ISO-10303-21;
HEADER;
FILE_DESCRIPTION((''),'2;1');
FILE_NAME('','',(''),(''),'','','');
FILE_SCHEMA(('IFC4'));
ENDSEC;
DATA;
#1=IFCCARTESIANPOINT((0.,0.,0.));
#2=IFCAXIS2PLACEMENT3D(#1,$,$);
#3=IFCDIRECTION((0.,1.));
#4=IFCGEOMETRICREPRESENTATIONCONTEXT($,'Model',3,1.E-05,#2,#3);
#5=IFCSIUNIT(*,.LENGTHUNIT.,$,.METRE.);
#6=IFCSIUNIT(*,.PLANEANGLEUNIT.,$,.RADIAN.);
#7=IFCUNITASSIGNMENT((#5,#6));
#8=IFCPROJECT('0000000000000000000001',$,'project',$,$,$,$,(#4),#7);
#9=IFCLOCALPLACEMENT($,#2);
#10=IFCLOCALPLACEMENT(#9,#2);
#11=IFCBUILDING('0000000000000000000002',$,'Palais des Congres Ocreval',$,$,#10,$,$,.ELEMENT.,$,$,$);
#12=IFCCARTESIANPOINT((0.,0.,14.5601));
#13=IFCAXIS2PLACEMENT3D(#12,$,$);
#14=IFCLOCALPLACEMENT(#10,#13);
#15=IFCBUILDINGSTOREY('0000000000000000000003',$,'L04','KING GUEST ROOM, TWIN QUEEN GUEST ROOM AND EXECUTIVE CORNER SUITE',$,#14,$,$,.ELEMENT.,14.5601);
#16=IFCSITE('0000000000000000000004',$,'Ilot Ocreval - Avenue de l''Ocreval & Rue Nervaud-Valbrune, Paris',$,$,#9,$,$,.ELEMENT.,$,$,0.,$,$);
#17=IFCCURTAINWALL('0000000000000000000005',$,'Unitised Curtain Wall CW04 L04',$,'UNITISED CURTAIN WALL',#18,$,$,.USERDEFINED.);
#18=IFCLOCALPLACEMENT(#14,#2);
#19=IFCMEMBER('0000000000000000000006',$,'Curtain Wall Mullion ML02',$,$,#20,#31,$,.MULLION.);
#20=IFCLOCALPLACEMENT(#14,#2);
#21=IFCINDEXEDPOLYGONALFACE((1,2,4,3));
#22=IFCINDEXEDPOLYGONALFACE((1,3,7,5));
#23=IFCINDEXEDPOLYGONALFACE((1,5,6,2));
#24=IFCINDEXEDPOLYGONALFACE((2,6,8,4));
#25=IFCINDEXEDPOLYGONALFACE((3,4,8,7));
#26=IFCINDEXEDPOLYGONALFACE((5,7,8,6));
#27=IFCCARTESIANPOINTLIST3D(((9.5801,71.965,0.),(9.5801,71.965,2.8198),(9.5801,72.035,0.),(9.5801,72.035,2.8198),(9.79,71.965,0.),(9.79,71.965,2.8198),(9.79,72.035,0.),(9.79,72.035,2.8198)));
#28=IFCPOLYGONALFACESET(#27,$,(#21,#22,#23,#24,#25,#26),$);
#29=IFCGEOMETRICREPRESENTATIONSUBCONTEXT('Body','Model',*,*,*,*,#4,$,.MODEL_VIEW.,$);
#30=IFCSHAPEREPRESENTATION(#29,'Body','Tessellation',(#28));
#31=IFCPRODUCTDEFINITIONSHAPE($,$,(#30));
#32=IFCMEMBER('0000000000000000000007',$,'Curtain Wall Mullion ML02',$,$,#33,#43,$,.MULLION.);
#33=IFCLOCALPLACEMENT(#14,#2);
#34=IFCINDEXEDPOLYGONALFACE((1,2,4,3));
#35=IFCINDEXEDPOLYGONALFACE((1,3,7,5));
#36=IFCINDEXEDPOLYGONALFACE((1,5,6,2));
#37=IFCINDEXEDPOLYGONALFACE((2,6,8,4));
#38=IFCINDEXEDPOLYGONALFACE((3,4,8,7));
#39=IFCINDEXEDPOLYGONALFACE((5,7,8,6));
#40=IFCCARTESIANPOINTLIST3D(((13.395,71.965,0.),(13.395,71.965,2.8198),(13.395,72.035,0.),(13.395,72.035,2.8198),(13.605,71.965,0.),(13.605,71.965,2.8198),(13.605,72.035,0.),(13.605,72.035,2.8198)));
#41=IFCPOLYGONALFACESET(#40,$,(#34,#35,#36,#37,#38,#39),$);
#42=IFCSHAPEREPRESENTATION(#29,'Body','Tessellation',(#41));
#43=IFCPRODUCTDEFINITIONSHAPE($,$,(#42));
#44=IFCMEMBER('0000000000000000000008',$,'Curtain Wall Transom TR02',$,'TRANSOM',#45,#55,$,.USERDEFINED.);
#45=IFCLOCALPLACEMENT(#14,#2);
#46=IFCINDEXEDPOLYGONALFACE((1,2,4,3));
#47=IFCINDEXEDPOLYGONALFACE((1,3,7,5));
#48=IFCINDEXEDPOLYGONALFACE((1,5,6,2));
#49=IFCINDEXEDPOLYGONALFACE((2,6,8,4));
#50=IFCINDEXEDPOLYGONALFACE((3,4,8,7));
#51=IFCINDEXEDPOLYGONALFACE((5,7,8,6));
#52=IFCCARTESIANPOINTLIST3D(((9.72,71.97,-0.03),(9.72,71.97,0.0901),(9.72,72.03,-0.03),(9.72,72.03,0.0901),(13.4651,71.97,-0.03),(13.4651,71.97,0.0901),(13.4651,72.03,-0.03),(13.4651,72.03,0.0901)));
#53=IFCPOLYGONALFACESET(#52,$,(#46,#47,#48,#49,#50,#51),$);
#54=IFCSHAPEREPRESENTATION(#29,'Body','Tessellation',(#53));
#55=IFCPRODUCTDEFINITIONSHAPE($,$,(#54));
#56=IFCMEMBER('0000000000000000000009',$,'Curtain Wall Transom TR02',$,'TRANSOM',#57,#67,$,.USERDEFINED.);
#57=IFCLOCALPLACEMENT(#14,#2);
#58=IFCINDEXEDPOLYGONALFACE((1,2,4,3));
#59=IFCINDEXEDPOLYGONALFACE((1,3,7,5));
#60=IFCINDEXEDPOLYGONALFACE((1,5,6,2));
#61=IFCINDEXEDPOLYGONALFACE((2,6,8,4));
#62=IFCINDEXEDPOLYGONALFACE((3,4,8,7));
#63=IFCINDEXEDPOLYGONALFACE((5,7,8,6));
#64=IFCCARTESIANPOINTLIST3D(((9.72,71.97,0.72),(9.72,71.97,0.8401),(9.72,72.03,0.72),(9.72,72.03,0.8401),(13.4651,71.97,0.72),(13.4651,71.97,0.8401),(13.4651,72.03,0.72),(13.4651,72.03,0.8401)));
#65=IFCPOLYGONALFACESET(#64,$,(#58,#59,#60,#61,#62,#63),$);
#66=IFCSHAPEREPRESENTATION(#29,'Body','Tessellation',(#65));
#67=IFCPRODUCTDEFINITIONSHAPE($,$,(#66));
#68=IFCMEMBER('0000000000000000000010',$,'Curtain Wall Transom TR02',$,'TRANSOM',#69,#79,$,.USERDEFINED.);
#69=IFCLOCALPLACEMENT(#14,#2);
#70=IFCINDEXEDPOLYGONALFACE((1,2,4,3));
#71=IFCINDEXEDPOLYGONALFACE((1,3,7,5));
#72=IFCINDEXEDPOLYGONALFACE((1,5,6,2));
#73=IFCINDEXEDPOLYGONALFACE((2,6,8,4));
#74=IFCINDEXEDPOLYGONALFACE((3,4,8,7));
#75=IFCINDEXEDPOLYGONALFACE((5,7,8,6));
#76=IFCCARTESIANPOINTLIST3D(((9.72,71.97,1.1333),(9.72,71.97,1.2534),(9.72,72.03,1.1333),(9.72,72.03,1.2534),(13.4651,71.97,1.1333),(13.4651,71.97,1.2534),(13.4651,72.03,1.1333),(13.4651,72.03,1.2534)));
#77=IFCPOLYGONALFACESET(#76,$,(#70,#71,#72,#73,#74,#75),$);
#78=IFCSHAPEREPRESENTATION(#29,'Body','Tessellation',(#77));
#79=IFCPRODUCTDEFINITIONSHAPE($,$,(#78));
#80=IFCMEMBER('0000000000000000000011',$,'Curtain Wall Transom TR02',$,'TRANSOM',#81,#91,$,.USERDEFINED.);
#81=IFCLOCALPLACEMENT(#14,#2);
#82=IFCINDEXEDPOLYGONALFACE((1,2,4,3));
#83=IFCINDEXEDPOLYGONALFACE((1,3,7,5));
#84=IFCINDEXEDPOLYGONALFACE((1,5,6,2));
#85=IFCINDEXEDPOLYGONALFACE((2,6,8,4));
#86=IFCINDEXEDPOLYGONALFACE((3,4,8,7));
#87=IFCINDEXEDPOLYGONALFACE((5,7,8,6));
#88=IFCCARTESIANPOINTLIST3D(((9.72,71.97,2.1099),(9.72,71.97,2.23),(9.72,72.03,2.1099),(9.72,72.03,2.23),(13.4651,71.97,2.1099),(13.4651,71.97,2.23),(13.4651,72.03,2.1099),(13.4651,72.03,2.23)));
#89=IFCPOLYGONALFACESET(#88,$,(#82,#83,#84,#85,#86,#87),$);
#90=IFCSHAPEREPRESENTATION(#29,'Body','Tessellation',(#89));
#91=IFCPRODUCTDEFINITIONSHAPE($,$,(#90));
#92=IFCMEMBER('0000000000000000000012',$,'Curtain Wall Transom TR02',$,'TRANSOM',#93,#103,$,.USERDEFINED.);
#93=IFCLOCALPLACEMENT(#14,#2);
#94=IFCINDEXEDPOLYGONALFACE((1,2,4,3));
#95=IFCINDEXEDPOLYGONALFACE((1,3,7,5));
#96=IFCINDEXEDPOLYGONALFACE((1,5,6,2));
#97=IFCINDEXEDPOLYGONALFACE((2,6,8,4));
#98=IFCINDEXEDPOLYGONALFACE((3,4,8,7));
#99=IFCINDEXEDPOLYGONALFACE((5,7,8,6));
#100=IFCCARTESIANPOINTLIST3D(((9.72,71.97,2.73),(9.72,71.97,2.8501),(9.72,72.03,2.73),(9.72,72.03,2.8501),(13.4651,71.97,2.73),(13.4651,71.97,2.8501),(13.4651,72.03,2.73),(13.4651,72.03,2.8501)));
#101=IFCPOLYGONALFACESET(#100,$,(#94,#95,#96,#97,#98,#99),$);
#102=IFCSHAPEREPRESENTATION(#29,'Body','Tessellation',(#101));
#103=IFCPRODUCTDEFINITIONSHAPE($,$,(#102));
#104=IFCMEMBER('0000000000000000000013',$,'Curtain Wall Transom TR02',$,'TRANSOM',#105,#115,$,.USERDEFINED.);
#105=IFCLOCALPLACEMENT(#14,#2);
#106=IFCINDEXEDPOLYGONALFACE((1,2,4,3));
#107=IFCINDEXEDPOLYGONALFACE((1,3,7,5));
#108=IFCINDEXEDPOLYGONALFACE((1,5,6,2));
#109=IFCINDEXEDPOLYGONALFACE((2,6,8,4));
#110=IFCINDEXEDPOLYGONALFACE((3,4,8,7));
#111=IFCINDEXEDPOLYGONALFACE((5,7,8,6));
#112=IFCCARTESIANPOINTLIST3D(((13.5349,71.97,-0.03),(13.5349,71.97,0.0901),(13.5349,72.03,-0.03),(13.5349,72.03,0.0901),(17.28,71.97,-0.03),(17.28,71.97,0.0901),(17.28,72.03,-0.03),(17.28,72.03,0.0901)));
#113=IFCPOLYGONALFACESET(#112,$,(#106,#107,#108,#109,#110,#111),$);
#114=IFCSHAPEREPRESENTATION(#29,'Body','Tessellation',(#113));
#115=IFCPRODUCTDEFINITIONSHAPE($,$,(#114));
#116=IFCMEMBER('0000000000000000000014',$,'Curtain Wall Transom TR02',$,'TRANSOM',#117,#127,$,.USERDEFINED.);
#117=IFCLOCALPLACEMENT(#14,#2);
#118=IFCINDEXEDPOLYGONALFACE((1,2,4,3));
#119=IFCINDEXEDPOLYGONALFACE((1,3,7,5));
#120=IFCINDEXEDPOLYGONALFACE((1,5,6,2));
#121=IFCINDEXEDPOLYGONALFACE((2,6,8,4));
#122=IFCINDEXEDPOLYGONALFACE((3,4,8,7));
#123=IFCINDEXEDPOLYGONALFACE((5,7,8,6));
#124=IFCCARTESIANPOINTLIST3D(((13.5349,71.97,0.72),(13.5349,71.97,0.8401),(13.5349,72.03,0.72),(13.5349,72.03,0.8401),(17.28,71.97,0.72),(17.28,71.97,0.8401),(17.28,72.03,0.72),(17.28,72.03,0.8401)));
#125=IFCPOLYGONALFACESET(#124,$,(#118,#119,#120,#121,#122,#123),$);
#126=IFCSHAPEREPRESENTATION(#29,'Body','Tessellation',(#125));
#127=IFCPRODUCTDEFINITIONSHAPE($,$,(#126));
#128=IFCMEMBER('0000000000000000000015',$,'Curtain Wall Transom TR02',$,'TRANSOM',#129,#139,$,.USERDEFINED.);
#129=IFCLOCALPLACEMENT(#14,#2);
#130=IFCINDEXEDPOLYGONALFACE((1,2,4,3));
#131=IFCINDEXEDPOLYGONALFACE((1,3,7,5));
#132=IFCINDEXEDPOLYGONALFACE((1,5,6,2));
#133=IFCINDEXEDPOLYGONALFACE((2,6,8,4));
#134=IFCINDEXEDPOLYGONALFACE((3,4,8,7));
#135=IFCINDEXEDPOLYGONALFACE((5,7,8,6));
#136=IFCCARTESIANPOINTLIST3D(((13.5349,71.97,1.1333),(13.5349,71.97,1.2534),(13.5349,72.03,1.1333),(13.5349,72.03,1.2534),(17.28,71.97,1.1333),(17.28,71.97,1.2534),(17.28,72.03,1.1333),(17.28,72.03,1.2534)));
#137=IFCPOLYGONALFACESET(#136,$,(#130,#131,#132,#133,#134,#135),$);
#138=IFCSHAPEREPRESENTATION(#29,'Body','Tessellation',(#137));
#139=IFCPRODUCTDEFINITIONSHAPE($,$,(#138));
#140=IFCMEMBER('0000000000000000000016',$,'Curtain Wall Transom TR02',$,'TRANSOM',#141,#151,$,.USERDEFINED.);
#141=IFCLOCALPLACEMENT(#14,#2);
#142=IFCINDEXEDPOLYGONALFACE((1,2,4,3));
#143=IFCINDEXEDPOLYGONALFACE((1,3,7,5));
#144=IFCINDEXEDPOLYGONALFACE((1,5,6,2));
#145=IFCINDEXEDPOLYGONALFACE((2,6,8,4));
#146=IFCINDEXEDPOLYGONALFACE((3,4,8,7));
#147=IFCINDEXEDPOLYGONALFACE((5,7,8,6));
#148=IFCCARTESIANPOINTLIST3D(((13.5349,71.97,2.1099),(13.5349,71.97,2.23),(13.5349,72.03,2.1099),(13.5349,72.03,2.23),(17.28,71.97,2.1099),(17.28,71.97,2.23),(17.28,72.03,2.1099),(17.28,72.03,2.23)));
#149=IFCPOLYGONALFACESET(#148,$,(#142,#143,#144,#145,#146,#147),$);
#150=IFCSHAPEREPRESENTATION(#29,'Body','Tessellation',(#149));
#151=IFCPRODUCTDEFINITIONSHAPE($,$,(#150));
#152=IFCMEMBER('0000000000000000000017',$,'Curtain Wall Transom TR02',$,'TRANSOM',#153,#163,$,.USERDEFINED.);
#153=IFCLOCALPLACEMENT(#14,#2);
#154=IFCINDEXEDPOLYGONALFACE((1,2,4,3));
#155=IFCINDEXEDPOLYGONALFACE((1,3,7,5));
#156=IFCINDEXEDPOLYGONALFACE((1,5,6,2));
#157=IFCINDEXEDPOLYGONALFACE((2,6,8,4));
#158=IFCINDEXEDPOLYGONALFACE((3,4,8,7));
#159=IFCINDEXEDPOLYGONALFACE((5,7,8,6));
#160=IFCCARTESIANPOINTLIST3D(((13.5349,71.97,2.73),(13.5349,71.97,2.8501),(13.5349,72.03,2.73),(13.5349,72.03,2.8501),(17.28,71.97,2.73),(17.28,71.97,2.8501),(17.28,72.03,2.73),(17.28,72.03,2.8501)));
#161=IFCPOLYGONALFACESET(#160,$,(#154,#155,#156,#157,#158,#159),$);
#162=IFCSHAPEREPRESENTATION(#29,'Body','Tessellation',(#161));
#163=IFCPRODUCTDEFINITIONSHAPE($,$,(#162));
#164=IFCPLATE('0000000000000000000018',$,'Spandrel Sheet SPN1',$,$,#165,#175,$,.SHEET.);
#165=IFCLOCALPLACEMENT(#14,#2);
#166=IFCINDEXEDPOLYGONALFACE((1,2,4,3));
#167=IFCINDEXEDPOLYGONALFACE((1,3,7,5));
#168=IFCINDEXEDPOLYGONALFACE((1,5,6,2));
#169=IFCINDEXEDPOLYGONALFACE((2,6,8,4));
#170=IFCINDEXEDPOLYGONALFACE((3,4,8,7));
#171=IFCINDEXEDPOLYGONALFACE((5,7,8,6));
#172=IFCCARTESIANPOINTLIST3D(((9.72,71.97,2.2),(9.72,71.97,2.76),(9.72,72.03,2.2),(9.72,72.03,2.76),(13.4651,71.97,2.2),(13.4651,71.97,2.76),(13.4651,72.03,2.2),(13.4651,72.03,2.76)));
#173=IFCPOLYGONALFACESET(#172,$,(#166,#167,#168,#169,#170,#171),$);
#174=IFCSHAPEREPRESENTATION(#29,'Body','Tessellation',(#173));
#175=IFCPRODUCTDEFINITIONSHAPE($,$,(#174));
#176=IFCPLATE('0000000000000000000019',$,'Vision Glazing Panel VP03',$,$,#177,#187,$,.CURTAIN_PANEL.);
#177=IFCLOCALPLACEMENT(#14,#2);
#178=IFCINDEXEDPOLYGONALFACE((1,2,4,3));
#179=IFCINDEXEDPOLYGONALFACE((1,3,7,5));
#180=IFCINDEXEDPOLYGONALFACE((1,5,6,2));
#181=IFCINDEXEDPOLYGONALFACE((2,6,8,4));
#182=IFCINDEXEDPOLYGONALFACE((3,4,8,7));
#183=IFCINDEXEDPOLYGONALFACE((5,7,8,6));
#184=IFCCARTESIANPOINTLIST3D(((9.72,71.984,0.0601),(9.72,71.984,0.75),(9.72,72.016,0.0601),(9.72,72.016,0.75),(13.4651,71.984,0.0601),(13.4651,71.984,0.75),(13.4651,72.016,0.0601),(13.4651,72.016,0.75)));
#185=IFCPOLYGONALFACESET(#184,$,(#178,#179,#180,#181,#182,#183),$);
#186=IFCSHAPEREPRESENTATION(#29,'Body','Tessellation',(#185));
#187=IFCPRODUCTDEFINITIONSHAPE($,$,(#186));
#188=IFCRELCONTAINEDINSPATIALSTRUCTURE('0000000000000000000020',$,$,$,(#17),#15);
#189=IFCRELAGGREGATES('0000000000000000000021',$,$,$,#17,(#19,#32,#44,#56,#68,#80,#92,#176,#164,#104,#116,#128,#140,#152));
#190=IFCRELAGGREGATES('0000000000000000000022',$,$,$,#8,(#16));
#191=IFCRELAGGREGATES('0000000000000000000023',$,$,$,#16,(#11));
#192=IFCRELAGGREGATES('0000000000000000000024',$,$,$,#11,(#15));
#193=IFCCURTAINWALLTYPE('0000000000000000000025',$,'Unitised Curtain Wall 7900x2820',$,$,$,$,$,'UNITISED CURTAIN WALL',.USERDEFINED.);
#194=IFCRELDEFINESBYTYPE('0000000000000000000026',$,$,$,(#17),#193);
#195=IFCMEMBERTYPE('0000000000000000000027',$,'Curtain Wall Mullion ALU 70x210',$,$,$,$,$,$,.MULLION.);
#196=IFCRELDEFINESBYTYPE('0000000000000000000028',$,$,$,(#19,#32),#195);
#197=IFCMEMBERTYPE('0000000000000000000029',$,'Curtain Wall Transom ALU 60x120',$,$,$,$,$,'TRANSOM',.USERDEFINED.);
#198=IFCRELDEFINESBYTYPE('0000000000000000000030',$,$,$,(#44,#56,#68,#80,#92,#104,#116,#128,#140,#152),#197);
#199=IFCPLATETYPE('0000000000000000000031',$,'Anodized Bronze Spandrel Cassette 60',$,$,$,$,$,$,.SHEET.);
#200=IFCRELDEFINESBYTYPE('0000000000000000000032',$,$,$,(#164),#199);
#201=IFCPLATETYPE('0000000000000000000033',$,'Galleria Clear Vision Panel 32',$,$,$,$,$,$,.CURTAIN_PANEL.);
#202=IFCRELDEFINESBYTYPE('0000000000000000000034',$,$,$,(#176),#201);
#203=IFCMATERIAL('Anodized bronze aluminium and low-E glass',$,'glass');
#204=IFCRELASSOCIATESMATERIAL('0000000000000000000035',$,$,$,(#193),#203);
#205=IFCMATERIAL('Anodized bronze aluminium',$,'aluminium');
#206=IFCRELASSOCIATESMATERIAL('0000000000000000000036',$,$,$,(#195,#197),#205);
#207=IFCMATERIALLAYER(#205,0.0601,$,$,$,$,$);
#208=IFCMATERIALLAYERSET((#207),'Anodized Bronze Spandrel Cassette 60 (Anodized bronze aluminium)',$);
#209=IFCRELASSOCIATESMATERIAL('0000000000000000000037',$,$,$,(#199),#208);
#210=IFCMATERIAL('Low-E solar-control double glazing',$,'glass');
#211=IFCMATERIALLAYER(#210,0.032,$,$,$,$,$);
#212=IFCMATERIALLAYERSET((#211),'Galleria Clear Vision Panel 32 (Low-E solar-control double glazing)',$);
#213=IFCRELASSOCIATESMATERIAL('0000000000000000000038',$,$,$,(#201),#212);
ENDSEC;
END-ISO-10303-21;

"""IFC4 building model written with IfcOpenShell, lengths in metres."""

from ifc_helpers import new_model, si_unit, direction, frame, origin, origin_2d, place, context, subcontext, project, spatial, rectangle, extrude, material, layer, layer_set, material_profile, profile_set, type_object, element, aggregate, save


model = new_model("IFC4")

# Units and contexts
model_context = context("Model", 3, precision=1e-05, world=origin(), true_north=direction((0.0, 1.0)))
body_context = subcontext(model_context, "Body", "Model", "MODEL_VIEW")
ifc_project = project(units=[si_unit("LENGTHUNIT", "METRE"), si_unit("PLANEANGLEUNIT", "RADIAN")], contexts=[model_context])

# Site, building, storey
site_placement = place(None, origin())
site = spatial("IfcSite", under=ifc_project, at=site_placement, Name="Ilot Ocreval - Avenue de l'Ocreval & Rue Nervaud-Valbrune, Paris", CompositionType="ELEMENT", RefElevation=0.0)
building_placement = place(site_placement, origin())
building = spatial("IfcBuilding", under=site, at=building_placement, Name="Palais des Congres Ocreval", CompositionType="ELEMENT")
storey_placement = place(building_placement, frame((0.0, 0.0, 14.5601)))
storey = spatial("IfcBuildingStorey", under=building, at=storey_placement, Name="L04", Description="KING GUEST ROOM, TWIN QUEEN GUEST ROOM AND EXECUTIVE CORNER SUITE", CompositionType="ELEMENT", Elevation=14.5601)

# Curtain wall, members, plates
ifc_material_1 = material(Name="Anodized bronze aluminium and low-E glass", Category="glass")
curtain_wall_type = type_object("IfcCurtainWallType", Name="Unitised Curtain Wall 7900x2820", ElementType="UNITISED CURTAIN WALL", PredefinedType="USERDEFINED", material=ifc_material_1)
curtain_wall_placement = place(storey_placement, origin())
curtain_wall = element("IfcCurtainWall", 1, at=curtain_wall_placement, inside=storey, type_object=curtain_wall_type, Name="Unitised Curtain Wall CW04 L04", ObjectType="UNITISED CURTAIN WALL", PredefinedType="USERDEFINED")
ifc_material_2 = material(Name="Anodized bronze aluminium", Category="aluminium")
ifc_material_profile_1 = material_profile(ifc_material_2, rectangle(XDim=0.0701, YDim=0.21, at=origin_2d()), Name="ALU 70x210")
ifc_profile_set_1 = profile_set([ifc_material_profile_1], Name="Anodized bronze aluminium")
member_type_1 = type_object("IfcMemberType", Name="Curtain Wall Mullion ALU 70x210", PredefinedType="MULLION", material=ifc_profile_set_1)
member_1_placement = place(storey_placement, frame((9.6851, 72.0, 0.0), z_axis=(0.0, 0.0, 1.0), x_axis=(0.0, 1.0, 0.0)))
member_1 = element("IfcMember", 2, at=member_1_placement, type_object=member_type_1, Name="Curtain Wall Mullion ML02", PredefinedType="MULLION", context=body_context, shape_type="SweptSolid", body=[
    extrude(rectangle(XDim=0.0701, YDim=0.21, at=origin_2d()), origin(), (0.0, 0.0, 1.0), 2.8198),
])
member_2_placement = place(storey_placement, frame((13.5, 72.0, 0.0), z_axis=(0.0, 0.0, 1.0), x_axis=(0.0, 1.0, 0.0)))
member_2 = element("IfcMember", 3, at=member_2_placement, type_object=member_type_1, Name="Curtain Wall Mullion ML02", PredefinedType="MULLION", context=body_context, shape_type="SweptSolid", body=[
    extrude(rectangle(XDim=0.0701, YDim=0.21, at=origin_2d()), origin(), (0.0, 0.0, 1.0), 2.8198),
])
ifc_material_profile_2 = material_profile(ifc_material_2, rectangle(XDim=0.0601, YDim=0.1201, at=origin_2d()), Name="ALU 60x120")
ifc_profile_set_2 = profile_set([ifc_material_profile_2], Name="Anodized bronze aluminium")
member_type_2 = type_object("IfcMemberType", Name="Curtain Wall Transom ALU 60x120", ElementType="TRANSOM", PredefinedType="USERDEFINED", material=ifc_profile_set_2)
member_3_placement = place(storey_placement, frame((9.72, 72.0, 0.03), z_axis=(1.0, 0.0, 0.0), x_axis=(0.0, 1.0, 0.0)))
member_3 = element("IfcMember", 4, at=member_3_placement, type_object=member_type_2, Name="Curtain Wall Transom TR02", ObjectType="TRANSOM", PredefinedType="USERDEFINED", context=body_context, shape_type="SweptSolid", body=[
    extrude(rectangle(XDim=0.0601, YDim=0.1201, at=origin_2d()), origin(), (0.0, 0.0, 1.0), 3.7451),
])
member_4_placement = place(storey_placement, frame((9.72, 72.0, 0.78), z_axis=(1.0, 0.0, 0.0), x_axis=(0.0, 1.0, 0.0)))
member_4 = element("IfcMember", 5, at=member_4_placement, type_object=member_type_2, Name="Curtain Wall Transom TR02", ObjectType="TRANSOM", PredefinedType="USERDEFINED", context=body_context, shape_type="SweptSolid", body=[
    extrude(rectangle(XDim=0.0601, YDim=0.1201, at=origin_2d()), origin(), (0.0, 0.0, 1.0), 3.7451),
])
member_5_placement = place(storey_placement, frame((9.72, 72.0, 1.1934), z_axis=(1.0, 0.0, 0.0), x_axis=(0.0, 1.0, 0.0)))
member_5 = element("IfcMember", 6, at=member_5_placement, type_object=member_type_2, Name="Curtain Wall Transom TR02", ObjectType="TRANSOM", PredefinedType="USERDEFINED", context=body_context, shape_type="SweptSolid", body=[
    extrude(rectangle(XDim=0.0601, YDim=0.1201, at=origin_2d()), origin(), (0.0, 0.0, 1.0), 3.7451),
])
member_6_placement = place(storey_placement, frame((9.72, 72.0, 2.1699), z_axis=(1.0, 0.0, 0.0), x_axis=(0.0, 1.0, 0.0)))
member_6 = element("IfcMember", 7, at=member_6_placement, type_object=member_type_2, Name="Curtain Wall Transom TR02", ObjectType="TRANSOM", PredefinedType="USERDEFINED", context=body_context, shape_type="SweptSolid", body=[
    extrude(rectangle(XDim=0.0601, YDim=0.1201, at=origin_2d()), origin(), (0.0, 0.0, 1.0), 3.7451),
])
member_7_placement = place(storey_placement, frame((9.72, 72.0, 2.79), z_axis=(1.0, 0.0, 0.0), x_axis=(0.0, 1.0, 0.0)))
member_7 = element("IfcMember", 8, at=member_7_placement, type_object=member_type_2, Name="Curtain Wall Transom TR02", ObjectType="TRANSOM", PredefinedType="USERDEFINED", context=body_context, shape_type="SweptSolid", body=[
    extrude(rectangle(XDim=0.0601, YDim=0.1201, at=origin_2d()), origin(), (0.0, 0.0, 1.0), 3.7451),
])
member_8_placement = place(storey_placement, frame((13.5349, 72.0, 0.03), z_axis=(1.0, 0.0, 0.0), x_axis=(0.0, 1.0, 0.0)))
member_8 = element("IfcMember", 9, at=member_8_placement, type_object=member_type_2, Name="Curtain Wall Transom TR02", ObjectType="TRANSOM", PredefinedType="USERDEFINED", context=body_context, shape_type="SweptSolid", body=[
    extrude(rectangle(XDim=0.0601, YDim=0.1201, at=origin_2d()), origin(), (0.0, 0.0, 1.0), 3.7451),
])
member_9_placement = place(storey_placement, frame((13.5349, 72.0, 0.78), z_axis=(1.0, 0.0, 0.0), x_axis=(0.0, 1.0, 0.0)))
member_9 = element("IfcMember", 10, at=member_9_placement, type_object=member_type_2, Name="Curtain Wall Transom TR02", ObjectType="TRANSOM", PredefinedType="USERDEFINED", context=body_context, shape_type="SweptSolid", body=[
    extrude(rectangle(XDim=0.0601, YDim=0.1201, at=origin_2d()), origin(), (0.0, 0.0, 1.0), 3.7451),
])
member_10_placement = place(storey_placement, frame((13.5349, 72.0, 1.1934), z_axis=(1.0, 0.0, 0.0), x_axis=(0.0, 1.0, 0.0)))
member_10 = element("IfcMember", 11, at=member_10_placement, type_object=member_type_2, Name="Curtain Wall Transom TR02", ObjectType="TRANSOM", PredefinedType="USERDEFINED", context=body_context, shape_type="SweptSolid", body=[
    extrude(rectangle(XDim=0.0601, YDim=0.1201, at=origin_2d()), origin(), (0.0, 0.0, 1.0), 3.7451),
])
member_11_placement = place(storey_placement, frame((13.5349, 72.0, 2.1699), z_axis=(1.0, 0.0, 0.0), x_axis=(0.0, 1.0, 0.0)))
member_11 = element("IfcMember", 12, at=member_11_placement, type_object=member_type_2, Name="Curtain Wall Transom TR02", ObjectType="TRANSOM", PredefinedType="USERDEFINED", context=body_context, shape_type="SweptSolid", body=[
    extrude(rectangle(XDim=0.0601, YDim=0.1201, at=origin_2d()), origin(), (0.0, 0.0, 1.0), 3.7451),
])
member_12_placement = place(storey_placement, frame((13.5349, 72.0, 2.79), z_axis=(1.0, 0.0, 0.0), x_axis=(0.0, 1.0, 0.0)))
member_12 = element("IfcMember", 13, at=member_12_placement, type_object=member_type_2, Name="Curtain Wall Transom TR02", ObjectType="TRANSOM", PredefinedType="USERDEFINED", context=body_context, shape_type="SweptSolid", body=[
    extrude(rectangle(XDim=0.0601, YDim=0.1201, at=origin_2d()), origin(), (0.0, 0.0, 1.0), 3.7451),
])
ifc_layer_1 = layer(ifc_material_2, 0.0601)
ifc_layer_set_1 = layer_set([ifc_layer_1], Name="Anodized Bronze Spandrel Cassette 60 (Anodized bronze aluminium)")
plate_type_1 = type_object("IfcPlateType", Name="Anodized Bronze Spandrel Cassette 60", PredefinedType="SHEET", material=ifc_layer_set_1)
plate_1_placement = place(storey_placement, frame((11.5925, 72.0, 2.2), z_axis=(0.0, 0.0, 1.0), x_axis=(1.0, 0.0, 0.0)))
plate_1 = element("IfcPlate", 14, at=plate_1_placement, type_object=plate_type_1, Name="Spandrel Sheet SPN1", PredefinedType="SHEET", context=body_context, shape_type="SweptSolid", body=[
    extrude(rectangle(XDim=3.7451, YDim=0.0601, at=origin_2d()), origin(), (0.0, 0.0, 1.0), 0.5601),
])
ifc_material_3 = material(Name="Low-E solar-control double glazing", Category="glass")
ifc_layer_2 = layer(ifc_material_3, 0.032)
ifc_layer_set_2 = layer_set([ifc_layer_2], Name="Galleria Clear Vision Panel 32 (Low-E solar-control double glazing)")
plate_type_2 = type_object("IfcPlateType", Name="Galleria Clear Vision Panel 32", PredefinedType="CURTAIN_PANEL", material=ifc_layer_set_2)
plate_2_placement = place(storey_placement, frame((11.5925, 72.0, 0.0601), z_axis=(0.0, 0.0, 1.0), x_axis=(1.0, 0.0, 0.0)))
plate_2 = element("IfcPlate", 15, at=plate_2_placement, type_object=plate_type_2, Name="Vision Glazing Panel VP03", PredefinedType="CURTAIN_PANEL", context=body_context, shape_type="SweptSolid", body=[
    extrude(rectangle(XDim=3.7451, YDim=0.032, at=origin_2d()), origin(), (0.0, 0.0, 1.0), 0.6899),
])
aggregate(curtain_wall, [member_1, member_2, member_3, member_4, member_5, member_6, member_7, plate_2, plate_1, member_8, member_9, member_10, member_11, member_12])

save(model, "model.ifc")
